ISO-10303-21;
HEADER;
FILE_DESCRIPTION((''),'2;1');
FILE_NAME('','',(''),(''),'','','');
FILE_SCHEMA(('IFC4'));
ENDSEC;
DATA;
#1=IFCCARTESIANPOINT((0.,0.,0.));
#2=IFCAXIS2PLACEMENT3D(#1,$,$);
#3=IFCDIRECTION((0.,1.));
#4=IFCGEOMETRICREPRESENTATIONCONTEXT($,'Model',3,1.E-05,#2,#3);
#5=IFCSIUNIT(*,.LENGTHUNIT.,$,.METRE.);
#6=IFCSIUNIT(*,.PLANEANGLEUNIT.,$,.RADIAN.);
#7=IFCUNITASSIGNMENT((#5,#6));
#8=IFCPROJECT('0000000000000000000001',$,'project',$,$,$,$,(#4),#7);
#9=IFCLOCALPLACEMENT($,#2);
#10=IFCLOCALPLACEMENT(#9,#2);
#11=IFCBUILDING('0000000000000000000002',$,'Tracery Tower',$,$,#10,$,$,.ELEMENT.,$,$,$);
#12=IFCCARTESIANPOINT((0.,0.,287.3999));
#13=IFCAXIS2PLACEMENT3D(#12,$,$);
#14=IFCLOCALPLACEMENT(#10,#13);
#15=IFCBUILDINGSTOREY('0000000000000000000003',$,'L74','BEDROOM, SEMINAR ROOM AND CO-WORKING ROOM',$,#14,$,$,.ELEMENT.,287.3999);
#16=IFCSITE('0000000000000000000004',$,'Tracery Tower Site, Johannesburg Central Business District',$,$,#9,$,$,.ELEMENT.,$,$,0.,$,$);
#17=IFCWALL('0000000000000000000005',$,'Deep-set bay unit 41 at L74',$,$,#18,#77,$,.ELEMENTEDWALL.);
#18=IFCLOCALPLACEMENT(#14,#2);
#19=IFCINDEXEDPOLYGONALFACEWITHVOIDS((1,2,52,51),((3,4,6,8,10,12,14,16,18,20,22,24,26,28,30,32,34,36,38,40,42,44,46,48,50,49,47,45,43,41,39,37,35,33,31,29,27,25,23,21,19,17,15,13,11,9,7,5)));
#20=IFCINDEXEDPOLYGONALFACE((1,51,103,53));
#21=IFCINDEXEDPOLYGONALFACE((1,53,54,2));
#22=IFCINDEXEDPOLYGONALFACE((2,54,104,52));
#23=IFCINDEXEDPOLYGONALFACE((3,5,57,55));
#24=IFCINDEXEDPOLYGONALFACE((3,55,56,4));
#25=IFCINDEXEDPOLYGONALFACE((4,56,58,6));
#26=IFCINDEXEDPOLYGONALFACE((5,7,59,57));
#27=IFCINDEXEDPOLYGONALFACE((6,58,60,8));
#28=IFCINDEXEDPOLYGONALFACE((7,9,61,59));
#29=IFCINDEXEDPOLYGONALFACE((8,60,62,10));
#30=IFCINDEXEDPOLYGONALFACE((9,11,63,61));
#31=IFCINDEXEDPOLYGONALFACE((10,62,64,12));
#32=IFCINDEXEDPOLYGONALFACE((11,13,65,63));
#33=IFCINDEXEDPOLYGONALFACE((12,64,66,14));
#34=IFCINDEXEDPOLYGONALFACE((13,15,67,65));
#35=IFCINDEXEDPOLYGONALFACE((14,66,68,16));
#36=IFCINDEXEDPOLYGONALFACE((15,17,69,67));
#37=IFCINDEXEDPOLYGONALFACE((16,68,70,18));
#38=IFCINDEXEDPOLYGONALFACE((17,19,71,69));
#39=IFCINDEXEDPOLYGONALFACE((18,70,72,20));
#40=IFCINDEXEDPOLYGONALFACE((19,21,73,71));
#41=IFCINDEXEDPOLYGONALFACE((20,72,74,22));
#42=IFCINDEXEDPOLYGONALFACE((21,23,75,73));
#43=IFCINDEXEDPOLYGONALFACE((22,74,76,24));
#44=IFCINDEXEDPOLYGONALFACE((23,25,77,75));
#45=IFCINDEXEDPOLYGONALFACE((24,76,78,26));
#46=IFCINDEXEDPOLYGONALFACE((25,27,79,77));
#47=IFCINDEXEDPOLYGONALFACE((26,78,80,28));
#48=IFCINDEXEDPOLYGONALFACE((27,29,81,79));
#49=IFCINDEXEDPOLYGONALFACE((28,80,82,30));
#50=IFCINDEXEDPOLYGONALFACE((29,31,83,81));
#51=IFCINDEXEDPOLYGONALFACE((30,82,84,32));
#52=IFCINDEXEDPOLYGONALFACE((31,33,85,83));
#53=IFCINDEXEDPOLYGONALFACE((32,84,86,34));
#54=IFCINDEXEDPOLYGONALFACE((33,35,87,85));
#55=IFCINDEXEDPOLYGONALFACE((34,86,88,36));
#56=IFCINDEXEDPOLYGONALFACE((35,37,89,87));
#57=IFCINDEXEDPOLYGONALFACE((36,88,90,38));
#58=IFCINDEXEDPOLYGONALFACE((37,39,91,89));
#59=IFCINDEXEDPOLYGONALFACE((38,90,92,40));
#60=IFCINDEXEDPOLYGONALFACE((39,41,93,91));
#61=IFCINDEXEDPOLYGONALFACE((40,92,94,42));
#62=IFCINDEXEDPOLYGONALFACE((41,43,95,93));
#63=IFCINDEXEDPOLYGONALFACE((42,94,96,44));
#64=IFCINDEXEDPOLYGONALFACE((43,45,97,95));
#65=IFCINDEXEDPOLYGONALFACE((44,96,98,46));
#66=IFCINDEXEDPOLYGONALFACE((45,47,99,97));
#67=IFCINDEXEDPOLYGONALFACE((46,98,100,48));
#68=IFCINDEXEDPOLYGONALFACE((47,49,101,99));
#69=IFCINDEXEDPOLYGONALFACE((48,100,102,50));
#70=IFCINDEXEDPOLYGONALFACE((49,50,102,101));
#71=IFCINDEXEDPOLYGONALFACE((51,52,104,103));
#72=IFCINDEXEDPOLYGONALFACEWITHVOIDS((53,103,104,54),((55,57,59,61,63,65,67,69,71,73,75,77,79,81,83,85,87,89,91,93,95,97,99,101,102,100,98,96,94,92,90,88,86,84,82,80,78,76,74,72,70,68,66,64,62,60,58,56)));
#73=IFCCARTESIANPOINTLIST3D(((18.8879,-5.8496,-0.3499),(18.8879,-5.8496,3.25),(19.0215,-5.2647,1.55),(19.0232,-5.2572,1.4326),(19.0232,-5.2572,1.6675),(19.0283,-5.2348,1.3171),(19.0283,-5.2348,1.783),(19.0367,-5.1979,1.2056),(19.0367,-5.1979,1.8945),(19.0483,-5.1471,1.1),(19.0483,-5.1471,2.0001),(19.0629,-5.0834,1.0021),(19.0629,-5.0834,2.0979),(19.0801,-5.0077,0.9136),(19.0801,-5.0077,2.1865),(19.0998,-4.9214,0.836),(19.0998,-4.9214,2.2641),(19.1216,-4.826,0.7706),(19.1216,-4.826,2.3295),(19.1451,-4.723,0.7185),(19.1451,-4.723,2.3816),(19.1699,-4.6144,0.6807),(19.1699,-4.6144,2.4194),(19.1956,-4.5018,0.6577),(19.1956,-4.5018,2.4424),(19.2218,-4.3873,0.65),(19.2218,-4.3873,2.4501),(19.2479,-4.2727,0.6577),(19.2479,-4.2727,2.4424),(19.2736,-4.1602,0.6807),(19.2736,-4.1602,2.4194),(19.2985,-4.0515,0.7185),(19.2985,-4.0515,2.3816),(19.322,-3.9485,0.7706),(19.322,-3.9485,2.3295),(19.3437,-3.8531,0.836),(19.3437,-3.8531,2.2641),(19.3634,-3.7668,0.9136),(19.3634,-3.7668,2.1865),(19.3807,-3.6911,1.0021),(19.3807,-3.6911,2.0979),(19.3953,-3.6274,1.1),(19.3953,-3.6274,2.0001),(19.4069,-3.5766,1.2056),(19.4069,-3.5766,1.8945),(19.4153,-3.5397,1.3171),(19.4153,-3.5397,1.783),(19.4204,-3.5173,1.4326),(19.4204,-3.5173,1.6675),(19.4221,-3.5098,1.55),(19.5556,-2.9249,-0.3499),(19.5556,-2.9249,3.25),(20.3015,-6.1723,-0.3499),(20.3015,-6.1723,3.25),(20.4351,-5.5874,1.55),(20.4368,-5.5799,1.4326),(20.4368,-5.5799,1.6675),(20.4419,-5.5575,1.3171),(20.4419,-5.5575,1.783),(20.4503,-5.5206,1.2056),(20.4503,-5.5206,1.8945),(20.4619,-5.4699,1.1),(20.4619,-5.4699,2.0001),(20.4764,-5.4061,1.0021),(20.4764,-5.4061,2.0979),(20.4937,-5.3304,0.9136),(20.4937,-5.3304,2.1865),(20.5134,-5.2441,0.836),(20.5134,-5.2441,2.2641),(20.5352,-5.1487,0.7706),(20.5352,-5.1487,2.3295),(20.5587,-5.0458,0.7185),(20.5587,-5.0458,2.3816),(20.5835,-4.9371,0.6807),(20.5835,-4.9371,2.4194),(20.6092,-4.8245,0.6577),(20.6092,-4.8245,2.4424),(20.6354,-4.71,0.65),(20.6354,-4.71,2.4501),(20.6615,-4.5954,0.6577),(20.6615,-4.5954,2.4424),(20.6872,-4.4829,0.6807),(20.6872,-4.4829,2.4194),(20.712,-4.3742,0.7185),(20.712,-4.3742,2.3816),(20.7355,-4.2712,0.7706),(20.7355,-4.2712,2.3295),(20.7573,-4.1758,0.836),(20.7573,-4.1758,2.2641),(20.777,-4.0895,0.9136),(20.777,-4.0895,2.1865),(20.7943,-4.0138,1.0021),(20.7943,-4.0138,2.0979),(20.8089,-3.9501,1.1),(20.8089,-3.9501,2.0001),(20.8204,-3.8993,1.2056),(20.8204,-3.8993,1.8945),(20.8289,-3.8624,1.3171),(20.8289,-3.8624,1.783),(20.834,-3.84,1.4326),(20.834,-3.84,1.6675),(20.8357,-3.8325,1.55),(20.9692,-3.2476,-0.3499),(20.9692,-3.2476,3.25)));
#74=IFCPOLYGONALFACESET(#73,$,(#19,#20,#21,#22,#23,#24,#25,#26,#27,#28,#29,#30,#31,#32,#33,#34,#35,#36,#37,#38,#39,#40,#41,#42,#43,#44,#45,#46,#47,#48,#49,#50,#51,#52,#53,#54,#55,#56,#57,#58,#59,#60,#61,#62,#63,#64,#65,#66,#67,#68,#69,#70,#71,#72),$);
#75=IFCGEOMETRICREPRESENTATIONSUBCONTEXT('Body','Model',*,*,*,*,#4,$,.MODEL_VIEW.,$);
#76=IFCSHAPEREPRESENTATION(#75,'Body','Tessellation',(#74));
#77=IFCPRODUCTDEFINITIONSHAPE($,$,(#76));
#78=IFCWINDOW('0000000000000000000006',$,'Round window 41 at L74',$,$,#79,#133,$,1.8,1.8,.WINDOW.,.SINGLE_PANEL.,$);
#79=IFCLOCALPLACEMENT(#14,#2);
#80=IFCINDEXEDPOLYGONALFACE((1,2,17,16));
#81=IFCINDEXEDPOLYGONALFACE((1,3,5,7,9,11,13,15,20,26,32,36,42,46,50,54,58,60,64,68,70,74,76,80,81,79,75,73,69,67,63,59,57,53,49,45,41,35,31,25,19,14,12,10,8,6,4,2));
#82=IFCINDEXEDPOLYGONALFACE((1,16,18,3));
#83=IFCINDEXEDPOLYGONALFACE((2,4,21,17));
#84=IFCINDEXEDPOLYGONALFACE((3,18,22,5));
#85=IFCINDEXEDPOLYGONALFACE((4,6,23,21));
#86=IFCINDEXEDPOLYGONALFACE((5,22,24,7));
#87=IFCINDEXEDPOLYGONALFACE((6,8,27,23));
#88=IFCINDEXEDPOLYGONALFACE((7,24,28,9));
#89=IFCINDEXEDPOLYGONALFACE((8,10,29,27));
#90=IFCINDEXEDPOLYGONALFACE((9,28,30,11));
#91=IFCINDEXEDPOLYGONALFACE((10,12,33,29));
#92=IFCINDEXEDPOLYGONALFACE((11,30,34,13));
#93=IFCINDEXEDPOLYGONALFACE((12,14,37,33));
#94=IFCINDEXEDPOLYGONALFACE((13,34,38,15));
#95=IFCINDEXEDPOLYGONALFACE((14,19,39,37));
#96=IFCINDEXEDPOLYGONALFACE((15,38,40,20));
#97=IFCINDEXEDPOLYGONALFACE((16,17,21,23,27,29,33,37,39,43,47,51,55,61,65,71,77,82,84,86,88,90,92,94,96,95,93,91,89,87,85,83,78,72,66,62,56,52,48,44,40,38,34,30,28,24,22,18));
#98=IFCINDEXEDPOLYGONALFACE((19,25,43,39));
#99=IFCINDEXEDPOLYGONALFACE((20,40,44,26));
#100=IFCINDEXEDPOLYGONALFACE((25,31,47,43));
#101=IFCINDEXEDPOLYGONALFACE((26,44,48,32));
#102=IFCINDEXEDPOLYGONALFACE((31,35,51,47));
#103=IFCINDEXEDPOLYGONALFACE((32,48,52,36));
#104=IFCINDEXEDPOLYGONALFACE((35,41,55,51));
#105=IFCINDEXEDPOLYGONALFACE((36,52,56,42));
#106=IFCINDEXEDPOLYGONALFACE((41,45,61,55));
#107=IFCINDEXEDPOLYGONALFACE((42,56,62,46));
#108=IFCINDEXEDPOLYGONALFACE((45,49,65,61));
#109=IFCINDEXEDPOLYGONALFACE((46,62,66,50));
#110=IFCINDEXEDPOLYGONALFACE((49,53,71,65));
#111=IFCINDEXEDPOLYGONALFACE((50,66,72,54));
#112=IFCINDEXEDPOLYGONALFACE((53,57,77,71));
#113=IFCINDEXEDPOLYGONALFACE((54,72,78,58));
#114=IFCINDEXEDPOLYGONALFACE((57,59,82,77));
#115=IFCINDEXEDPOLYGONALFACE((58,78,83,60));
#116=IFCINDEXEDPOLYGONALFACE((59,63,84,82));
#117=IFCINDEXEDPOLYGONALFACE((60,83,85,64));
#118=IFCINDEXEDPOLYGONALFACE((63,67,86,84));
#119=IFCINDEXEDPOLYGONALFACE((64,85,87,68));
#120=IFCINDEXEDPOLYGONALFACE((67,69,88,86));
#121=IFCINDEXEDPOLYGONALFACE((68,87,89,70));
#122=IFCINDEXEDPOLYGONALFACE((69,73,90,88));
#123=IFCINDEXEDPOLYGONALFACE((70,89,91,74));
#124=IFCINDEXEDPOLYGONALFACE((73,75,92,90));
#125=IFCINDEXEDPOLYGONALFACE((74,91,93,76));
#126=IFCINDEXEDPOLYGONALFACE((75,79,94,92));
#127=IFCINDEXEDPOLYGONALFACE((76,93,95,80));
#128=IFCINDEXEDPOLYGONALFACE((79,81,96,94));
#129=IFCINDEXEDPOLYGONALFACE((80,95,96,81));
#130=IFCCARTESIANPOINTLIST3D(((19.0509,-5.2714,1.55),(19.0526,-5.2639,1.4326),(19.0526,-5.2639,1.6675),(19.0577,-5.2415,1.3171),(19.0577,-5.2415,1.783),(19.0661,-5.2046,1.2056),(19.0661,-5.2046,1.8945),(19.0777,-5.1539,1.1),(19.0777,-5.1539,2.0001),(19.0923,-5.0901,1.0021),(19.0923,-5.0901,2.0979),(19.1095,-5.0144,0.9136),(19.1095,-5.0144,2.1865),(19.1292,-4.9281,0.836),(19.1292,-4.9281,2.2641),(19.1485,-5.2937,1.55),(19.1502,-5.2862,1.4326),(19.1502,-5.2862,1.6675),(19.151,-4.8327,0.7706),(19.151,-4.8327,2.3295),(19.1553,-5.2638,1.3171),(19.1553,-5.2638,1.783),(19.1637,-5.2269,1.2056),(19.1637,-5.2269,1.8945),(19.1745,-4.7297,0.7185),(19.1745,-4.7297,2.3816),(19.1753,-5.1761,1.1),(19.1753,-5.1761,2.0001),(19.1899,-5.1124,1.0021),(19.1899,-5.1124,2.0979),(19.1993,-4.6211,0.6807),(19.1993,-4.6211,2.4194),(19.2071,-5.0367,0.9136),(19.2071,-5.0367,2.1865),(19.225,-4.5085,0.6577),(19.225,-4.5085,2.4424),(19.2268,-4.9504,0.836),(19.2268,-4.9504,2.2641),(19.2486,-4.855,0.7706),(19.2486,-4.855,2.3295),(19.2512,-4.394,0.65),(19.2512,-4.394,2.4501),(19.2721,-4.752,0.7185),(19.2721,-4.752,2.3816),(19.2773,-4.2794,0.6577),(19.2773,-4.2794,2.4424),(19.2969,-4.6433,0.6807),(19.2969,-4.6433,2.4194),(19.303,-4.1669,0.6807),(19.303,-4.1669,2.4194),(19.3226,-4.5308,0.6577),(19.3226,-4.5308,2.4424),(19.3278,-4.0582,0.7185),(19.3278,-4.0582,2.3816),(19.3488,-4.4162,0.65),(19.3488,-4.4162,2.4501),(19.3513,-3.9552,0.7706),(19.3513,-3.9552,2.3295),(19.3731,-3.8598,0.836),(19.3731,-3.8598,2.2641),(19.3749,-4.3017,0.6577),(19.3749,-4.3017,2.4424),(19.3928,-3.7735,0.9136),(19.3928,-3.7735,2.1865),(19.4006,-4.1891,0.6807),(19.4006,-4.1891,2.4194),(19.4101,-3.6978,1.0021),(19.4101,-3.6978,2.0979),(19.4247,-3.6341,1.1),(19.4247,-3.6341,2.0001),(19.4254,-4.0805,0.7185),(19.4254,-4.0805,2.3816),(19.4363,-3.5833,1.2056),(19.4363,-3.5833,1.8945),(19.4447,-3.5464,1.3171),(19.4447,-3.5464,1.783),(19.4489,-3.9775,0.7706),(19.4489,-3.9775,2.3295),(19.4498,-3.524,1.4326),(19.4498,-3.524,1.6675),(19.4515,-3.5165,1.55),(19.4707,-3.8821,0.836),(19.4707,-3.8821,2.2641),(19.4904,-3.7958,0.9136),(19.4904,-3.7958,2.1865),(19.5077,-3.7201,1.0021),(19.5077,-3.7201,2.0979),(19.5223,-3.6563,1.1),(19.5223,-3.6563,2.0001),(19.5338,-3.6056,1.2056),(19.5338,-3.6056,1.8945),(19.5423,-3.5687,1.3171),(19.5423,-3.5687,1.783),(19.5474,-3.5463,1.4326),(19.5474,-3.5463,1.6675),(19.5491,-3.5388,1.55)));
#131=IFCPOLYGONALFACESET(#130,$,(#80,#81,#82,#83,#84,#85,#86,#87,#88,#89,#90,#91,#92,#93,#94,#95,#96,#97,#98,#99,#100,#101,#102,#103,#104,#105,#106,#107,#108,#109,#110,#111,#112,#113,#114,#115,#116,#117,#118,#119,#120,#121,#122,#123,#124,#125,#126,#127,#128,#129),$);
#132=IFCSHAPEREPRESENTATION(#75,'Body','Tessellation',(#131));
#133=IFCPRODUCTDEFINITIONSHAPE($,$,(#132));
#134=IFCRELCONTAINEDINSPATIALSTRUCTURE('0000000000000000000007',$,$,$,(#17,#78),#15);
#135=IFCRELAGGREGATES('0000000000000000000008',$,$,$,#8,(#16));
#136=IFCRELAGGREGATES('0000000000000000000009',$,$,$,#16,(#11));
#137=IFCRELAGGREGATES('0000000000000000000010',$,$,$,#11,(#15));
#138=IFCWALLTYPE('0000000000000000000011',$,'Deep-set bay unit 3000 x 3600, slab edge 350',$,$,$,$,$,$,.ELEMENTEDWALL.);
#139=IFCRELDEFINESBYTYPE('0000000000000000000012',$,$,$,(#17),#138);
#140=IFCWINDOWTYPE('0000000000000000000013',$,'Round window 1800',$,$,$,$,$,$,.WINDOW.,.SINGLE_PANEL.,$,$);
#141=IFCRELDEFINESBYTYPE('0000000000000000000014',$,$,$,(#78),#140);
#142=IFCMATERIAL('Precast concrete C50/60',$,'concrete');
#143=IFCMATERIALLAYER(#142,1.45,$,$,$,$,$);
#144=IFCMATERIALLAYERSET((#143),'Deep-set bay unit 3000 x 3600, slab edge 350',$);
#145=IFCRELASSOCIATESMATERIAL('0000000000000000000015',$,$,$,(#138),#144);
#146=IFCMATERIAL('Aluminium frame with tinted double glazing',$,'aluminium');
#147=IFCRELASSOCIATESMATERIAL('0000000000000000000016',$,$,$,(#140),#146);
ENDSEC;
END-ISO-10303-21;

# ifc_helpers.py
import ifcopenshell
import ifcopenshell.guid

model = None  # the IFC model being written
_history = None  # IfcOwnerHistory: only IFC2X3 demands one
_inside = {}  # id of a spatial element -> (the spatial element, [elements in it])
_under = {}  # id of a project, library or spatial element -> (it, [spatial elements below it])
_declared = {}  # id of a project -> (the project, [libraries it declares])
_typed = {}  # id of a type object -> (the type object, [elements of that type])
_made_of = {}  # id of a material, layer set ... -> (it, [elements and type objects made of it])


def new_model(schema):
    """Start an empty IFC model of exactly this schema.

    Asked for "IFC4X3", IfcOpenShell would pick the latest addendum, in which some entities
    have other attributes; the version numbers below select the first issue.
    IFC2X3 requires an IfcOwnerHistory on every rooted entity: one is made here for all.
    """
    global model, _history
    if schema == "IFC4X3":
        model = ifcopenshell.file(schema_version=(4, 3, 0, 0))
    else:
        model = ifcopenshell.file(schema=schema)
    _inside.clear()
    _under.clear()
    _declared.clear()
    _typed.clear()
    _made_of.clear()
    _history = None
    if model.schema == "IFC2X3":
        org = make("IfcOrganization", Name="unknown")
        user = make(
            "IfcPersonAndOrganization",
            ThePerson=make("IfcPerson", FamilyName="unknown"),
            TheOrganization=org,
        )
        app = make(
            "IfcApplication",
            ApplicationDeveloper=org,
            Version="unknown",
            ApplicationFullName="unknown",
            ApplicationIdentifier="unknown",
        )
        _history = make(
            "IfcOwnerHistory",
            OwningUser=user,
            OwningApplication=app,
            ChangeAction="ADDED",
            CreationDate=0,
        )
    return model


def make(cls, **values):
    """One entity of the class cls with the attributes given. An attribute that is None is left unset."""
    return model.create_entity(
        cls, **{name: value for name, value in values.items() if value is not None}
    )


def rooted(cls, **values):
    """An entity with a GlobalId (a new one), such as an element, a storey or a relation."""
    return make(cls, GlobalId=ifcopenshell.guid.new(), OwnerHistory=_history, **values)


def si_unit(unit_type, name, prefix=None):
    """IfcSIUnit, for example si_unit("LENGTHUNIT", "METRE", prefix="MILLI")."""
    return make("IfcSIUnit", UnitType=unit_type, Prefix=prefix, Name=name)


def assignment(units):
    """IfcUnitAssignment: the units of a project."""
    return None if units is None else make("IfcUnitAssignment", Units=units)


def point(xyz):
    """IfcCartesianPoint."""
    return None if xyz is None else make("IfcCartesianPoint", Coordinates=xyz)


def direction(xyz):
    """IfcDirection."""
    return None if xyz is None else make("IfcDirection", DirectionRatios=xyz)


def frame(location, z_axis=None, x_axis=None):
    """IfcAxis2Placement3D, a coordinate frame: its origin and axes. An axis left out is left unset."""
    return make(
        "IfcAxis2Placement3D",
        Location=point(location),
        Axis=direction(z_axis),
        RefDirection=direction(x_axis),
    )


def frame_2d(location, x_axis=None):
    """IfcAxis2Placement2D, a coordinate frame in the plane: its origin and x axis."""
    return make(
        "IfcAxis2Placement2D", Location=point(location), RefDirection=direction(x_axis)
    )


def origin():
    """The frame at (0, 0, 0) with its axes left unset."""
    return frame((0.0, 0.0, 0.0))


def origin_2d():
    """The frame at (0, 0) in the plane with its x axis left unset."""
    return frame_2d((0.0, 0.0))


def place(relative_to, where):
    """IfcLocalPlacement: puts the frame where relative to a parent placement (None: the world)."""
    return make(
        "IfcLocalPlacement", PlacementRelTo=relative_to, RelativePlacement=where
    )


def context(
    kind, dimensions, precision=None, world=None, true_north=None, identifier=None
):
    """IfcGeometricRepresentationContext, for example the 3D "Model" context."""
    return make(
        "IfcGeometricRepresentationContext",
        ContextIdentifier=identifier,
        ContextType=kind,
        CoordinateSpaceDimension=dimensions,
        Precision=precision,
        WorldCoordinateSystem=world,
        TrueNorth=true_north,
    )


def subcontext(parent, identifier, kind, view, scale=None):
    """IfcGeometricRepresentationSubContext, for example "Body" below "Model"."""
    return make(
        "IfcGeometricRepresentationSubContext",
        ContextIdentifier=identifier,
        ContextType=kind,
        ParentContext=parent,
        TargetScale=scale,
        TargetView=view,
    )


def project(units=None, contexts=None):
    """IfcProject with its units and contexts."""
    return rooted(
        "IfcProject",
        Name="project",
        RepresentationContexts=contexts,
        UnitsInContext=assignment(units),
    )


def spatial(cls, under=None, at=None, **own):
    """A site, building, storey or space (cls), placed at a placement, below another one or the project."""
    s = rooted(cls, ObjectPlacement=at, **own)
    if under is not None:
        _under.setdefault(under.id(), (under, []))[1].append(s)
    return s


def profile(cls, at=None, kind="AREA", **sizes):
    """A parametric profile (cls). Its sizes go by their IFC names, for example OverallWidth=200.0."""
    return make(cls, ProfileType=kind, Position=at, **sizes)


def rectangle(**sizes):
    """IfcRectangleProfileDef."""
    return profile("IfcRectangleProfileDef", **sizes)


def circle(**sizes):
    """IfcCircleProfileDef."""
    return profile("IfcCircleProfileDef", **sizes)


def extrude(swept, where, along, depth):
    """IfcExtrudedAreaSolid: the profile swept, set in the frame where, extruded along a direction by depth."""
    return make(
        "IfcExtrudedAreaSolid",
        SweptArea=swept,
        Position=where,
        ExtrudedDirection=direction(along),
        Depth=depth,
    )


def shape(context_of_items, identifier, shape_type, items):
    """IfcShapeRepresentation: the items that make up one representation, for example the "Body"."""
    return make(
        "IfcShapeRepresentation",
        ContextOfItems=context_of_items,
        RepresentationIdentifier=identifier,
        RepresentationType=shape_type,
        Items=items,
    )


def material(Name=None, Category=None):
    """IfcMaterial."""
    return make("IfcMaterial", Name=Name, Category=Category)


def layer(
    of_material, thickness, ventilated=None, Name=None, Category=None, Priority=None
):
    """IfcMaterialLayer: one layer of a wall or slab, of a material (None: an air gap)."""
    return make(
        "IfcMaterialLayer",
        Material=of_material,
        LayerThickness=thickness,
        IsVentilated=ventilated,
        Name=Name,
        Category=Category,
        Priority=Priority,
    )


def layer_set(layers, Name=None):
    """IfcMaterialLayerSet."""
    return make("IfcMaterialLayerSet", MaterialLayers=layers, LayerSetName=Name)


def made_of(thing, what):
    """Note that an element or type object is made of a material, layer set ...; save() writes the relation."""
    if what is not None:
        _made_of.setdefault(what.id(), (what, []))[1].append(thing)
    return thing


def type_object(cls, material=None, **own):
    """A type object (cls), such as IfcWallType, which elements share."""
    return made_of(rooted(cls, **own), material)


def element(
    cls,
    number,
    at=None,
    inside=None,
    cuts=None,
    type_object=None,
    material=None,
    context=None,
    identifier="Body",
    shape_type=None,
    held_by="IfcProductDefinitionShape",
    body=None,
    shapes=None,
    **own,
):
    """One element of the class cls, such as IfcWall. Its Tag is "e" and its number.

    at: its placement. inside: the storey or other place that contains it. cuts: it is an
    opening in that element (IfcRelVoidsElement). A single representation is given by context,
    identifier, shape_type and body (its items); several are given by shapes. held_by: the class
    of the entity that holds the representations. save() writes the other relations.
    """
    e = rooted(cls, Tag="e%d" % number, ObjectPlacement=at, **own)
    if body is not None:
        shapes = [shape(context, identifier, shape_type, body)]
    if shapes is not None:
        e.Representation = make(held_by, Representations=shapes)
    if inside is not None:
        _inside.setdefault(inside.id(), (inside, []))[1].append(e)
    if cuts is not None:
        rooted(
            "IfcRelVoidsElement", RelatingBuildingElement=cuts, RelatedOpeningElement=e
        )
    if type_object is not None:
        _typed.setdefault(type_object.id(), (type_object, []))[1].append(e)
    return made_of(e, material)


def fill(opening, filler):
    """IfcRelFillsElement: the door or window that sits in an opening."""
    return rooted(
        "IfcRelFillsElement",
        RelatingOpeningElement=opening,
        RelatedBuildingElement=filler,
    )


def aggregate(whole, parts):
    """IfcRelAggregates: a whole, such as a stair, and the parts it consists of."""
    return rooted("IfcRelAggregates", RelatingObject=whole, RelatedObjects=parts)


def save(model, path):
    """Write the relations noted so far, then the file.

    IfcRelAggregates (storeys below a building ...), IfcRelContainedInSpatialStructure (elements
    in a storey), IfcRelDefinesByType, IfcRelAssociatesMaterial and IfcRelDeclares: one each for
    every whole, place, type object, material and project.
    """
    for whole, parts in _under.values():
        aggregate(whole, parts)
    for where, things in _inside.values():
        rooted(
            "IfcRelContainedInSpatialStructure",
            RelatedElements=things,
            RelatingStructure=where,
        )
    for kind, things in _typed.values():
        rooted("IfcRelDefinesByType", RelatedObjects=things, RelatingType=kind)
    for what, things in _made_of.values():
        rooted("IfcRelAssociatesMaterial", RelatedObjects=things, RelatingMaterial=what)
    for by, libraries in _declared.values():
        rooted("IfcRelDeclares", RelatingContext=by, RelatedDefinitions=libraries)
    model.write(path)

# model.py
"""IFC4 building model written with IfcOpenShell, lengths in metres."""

from ifc_helpers import new_model, si_unit, direction, frame, frame_2d, origin, origin_2d, place, context, subcontext, project, spatial, rectangle, circle, extrude, material, layer, layer_set, type_object, element, fill, save


model = new_model("IFC4")

# Units and contexts
model_context = context("Model", 3, precision=1e-05, world=origin(), true_north=direction((0.0, 1.0)))
body_context = subcontext(model_context, "Body", "Model", "MODEL_VIEW")
ifc_project = project(units=[si_unit("LENGTHUNIT", "METRE"), si_unit("PLANEANGLEUNIT", "RADIAN")], contexts=[model_context])

# Site, building, storey
site_placement = place(None, origin())
site = spatial("IfcSite", under=ifc_project, at=site_placement, Name="Tracery Tower Site, Johannesburg Central Business District", CompositionType="ELEMENT", RefElevation=0.0)
building_placement = place(site_placement, origin())
building = spatial("IfcBuilding", under=site, at=building_placement, Name="Tracery Tower", CompositionType="ELEMENT")
storey_placement = place(building_placement, frame((0.0, 0.0, 287.3999)))
storey = spatial("IfcBuildingStorey", under=building, at=storey_placement, Name="L74", Description="BEDROOM, SEMINAR ROOM AND CO-WORKING ROOM", CompositionType="ELEMENT", Elevation=287.3999)

# Wall, opening, window
ifc_material_1 = material(Name="Precast concrete C50/60", Category="concrete")
ifc_layer_1 = layer(ifc_material_1, 1.45)
ifc_layer_set_1 = layer_set([ifc_layer_1], Name="Deep-set bay unit 3000 x 3600, slab edge 350")
wall_type_1 = type_object("IfcWallType", Name="Deep-set bay unit 3000 x 3600, slab edge 350", PredefinedType="ELEMENTEDWALL", material=ifc_layer_set_1)
wall_1_placement = place(storey_placement, frame((19.5947, -6.011, -0.3499), z_axis=(0.0, 0.0, 1.0), x_axis=(0.222571, 0.974917, 0.0)))
wall_1 = element("IfcWall", 1, at=wall_1_placement, inside=storey, type_object=wall_type_1, Name="Deep-set bay unit 41 at L74", PredefinedType="ELEMENTEDWALL", context=body_context, shape_type="SweptSolid", body=[
    extrude(rectangle(XDim=3.0, YDim=1.45, at=frame_2d((1.5, 0.0))), origin(), (0.0, 0.0, 1.0), 3.5999),
])
opening_1_placement = place(wall_1_placement, frame((1.5, 0.0, 1.8999)))
opening_1 = element("IfcOpeningElement", 2, at=opening_1_placement, cuts=wall_1, PredefinedType="OPENING", context=body_context, shape_type="SweptSolid", body=[
    extrude(circle(Radius=0.9, at=origin_2d()), frame((0.0, 0.7349, 0.0), z_axis=(0.0, -1.0, 0.0), x_axis=(1.0, 0.0, 0.0)), (0.0, 0.0, 1.0), 1.47),
])
ifc_material_2 = material(Name="Aluminium frame with tinted double glazing", Category="aluminium")
window_type = type_object("IfcWindowType", Name="Round window 1800", PartitioningType="SINGLE_PANEL", PredefinedType="WINDOW", material=ifc_material_2)
window_1_placement = place(opening_1_placement, origin())
window_1 = element("IfcWindow", 3, at=window_1_placement, inside=storey, type_object=window_type, Name="Round window 41 at L74", OverallHeight=1.8, OverallWidth=1.8, PartitioningType="SINGLE_PANEL", PredefinedType="WINDOW", context=body_context, shape_type="SweptSolid", body=[
    extrude(circle(Radius=0.9, at=origin_2d()), frame((0.0, 0.6948, 0.0), z_axis=(0.0, -1.0, 0.0), x_axis=(1.0, 0.0, 0.0)), (0.0, 0.0, 1.0), 0.1001),
])
fill(opening_1, window_1)

save(model, "model.ifc")
